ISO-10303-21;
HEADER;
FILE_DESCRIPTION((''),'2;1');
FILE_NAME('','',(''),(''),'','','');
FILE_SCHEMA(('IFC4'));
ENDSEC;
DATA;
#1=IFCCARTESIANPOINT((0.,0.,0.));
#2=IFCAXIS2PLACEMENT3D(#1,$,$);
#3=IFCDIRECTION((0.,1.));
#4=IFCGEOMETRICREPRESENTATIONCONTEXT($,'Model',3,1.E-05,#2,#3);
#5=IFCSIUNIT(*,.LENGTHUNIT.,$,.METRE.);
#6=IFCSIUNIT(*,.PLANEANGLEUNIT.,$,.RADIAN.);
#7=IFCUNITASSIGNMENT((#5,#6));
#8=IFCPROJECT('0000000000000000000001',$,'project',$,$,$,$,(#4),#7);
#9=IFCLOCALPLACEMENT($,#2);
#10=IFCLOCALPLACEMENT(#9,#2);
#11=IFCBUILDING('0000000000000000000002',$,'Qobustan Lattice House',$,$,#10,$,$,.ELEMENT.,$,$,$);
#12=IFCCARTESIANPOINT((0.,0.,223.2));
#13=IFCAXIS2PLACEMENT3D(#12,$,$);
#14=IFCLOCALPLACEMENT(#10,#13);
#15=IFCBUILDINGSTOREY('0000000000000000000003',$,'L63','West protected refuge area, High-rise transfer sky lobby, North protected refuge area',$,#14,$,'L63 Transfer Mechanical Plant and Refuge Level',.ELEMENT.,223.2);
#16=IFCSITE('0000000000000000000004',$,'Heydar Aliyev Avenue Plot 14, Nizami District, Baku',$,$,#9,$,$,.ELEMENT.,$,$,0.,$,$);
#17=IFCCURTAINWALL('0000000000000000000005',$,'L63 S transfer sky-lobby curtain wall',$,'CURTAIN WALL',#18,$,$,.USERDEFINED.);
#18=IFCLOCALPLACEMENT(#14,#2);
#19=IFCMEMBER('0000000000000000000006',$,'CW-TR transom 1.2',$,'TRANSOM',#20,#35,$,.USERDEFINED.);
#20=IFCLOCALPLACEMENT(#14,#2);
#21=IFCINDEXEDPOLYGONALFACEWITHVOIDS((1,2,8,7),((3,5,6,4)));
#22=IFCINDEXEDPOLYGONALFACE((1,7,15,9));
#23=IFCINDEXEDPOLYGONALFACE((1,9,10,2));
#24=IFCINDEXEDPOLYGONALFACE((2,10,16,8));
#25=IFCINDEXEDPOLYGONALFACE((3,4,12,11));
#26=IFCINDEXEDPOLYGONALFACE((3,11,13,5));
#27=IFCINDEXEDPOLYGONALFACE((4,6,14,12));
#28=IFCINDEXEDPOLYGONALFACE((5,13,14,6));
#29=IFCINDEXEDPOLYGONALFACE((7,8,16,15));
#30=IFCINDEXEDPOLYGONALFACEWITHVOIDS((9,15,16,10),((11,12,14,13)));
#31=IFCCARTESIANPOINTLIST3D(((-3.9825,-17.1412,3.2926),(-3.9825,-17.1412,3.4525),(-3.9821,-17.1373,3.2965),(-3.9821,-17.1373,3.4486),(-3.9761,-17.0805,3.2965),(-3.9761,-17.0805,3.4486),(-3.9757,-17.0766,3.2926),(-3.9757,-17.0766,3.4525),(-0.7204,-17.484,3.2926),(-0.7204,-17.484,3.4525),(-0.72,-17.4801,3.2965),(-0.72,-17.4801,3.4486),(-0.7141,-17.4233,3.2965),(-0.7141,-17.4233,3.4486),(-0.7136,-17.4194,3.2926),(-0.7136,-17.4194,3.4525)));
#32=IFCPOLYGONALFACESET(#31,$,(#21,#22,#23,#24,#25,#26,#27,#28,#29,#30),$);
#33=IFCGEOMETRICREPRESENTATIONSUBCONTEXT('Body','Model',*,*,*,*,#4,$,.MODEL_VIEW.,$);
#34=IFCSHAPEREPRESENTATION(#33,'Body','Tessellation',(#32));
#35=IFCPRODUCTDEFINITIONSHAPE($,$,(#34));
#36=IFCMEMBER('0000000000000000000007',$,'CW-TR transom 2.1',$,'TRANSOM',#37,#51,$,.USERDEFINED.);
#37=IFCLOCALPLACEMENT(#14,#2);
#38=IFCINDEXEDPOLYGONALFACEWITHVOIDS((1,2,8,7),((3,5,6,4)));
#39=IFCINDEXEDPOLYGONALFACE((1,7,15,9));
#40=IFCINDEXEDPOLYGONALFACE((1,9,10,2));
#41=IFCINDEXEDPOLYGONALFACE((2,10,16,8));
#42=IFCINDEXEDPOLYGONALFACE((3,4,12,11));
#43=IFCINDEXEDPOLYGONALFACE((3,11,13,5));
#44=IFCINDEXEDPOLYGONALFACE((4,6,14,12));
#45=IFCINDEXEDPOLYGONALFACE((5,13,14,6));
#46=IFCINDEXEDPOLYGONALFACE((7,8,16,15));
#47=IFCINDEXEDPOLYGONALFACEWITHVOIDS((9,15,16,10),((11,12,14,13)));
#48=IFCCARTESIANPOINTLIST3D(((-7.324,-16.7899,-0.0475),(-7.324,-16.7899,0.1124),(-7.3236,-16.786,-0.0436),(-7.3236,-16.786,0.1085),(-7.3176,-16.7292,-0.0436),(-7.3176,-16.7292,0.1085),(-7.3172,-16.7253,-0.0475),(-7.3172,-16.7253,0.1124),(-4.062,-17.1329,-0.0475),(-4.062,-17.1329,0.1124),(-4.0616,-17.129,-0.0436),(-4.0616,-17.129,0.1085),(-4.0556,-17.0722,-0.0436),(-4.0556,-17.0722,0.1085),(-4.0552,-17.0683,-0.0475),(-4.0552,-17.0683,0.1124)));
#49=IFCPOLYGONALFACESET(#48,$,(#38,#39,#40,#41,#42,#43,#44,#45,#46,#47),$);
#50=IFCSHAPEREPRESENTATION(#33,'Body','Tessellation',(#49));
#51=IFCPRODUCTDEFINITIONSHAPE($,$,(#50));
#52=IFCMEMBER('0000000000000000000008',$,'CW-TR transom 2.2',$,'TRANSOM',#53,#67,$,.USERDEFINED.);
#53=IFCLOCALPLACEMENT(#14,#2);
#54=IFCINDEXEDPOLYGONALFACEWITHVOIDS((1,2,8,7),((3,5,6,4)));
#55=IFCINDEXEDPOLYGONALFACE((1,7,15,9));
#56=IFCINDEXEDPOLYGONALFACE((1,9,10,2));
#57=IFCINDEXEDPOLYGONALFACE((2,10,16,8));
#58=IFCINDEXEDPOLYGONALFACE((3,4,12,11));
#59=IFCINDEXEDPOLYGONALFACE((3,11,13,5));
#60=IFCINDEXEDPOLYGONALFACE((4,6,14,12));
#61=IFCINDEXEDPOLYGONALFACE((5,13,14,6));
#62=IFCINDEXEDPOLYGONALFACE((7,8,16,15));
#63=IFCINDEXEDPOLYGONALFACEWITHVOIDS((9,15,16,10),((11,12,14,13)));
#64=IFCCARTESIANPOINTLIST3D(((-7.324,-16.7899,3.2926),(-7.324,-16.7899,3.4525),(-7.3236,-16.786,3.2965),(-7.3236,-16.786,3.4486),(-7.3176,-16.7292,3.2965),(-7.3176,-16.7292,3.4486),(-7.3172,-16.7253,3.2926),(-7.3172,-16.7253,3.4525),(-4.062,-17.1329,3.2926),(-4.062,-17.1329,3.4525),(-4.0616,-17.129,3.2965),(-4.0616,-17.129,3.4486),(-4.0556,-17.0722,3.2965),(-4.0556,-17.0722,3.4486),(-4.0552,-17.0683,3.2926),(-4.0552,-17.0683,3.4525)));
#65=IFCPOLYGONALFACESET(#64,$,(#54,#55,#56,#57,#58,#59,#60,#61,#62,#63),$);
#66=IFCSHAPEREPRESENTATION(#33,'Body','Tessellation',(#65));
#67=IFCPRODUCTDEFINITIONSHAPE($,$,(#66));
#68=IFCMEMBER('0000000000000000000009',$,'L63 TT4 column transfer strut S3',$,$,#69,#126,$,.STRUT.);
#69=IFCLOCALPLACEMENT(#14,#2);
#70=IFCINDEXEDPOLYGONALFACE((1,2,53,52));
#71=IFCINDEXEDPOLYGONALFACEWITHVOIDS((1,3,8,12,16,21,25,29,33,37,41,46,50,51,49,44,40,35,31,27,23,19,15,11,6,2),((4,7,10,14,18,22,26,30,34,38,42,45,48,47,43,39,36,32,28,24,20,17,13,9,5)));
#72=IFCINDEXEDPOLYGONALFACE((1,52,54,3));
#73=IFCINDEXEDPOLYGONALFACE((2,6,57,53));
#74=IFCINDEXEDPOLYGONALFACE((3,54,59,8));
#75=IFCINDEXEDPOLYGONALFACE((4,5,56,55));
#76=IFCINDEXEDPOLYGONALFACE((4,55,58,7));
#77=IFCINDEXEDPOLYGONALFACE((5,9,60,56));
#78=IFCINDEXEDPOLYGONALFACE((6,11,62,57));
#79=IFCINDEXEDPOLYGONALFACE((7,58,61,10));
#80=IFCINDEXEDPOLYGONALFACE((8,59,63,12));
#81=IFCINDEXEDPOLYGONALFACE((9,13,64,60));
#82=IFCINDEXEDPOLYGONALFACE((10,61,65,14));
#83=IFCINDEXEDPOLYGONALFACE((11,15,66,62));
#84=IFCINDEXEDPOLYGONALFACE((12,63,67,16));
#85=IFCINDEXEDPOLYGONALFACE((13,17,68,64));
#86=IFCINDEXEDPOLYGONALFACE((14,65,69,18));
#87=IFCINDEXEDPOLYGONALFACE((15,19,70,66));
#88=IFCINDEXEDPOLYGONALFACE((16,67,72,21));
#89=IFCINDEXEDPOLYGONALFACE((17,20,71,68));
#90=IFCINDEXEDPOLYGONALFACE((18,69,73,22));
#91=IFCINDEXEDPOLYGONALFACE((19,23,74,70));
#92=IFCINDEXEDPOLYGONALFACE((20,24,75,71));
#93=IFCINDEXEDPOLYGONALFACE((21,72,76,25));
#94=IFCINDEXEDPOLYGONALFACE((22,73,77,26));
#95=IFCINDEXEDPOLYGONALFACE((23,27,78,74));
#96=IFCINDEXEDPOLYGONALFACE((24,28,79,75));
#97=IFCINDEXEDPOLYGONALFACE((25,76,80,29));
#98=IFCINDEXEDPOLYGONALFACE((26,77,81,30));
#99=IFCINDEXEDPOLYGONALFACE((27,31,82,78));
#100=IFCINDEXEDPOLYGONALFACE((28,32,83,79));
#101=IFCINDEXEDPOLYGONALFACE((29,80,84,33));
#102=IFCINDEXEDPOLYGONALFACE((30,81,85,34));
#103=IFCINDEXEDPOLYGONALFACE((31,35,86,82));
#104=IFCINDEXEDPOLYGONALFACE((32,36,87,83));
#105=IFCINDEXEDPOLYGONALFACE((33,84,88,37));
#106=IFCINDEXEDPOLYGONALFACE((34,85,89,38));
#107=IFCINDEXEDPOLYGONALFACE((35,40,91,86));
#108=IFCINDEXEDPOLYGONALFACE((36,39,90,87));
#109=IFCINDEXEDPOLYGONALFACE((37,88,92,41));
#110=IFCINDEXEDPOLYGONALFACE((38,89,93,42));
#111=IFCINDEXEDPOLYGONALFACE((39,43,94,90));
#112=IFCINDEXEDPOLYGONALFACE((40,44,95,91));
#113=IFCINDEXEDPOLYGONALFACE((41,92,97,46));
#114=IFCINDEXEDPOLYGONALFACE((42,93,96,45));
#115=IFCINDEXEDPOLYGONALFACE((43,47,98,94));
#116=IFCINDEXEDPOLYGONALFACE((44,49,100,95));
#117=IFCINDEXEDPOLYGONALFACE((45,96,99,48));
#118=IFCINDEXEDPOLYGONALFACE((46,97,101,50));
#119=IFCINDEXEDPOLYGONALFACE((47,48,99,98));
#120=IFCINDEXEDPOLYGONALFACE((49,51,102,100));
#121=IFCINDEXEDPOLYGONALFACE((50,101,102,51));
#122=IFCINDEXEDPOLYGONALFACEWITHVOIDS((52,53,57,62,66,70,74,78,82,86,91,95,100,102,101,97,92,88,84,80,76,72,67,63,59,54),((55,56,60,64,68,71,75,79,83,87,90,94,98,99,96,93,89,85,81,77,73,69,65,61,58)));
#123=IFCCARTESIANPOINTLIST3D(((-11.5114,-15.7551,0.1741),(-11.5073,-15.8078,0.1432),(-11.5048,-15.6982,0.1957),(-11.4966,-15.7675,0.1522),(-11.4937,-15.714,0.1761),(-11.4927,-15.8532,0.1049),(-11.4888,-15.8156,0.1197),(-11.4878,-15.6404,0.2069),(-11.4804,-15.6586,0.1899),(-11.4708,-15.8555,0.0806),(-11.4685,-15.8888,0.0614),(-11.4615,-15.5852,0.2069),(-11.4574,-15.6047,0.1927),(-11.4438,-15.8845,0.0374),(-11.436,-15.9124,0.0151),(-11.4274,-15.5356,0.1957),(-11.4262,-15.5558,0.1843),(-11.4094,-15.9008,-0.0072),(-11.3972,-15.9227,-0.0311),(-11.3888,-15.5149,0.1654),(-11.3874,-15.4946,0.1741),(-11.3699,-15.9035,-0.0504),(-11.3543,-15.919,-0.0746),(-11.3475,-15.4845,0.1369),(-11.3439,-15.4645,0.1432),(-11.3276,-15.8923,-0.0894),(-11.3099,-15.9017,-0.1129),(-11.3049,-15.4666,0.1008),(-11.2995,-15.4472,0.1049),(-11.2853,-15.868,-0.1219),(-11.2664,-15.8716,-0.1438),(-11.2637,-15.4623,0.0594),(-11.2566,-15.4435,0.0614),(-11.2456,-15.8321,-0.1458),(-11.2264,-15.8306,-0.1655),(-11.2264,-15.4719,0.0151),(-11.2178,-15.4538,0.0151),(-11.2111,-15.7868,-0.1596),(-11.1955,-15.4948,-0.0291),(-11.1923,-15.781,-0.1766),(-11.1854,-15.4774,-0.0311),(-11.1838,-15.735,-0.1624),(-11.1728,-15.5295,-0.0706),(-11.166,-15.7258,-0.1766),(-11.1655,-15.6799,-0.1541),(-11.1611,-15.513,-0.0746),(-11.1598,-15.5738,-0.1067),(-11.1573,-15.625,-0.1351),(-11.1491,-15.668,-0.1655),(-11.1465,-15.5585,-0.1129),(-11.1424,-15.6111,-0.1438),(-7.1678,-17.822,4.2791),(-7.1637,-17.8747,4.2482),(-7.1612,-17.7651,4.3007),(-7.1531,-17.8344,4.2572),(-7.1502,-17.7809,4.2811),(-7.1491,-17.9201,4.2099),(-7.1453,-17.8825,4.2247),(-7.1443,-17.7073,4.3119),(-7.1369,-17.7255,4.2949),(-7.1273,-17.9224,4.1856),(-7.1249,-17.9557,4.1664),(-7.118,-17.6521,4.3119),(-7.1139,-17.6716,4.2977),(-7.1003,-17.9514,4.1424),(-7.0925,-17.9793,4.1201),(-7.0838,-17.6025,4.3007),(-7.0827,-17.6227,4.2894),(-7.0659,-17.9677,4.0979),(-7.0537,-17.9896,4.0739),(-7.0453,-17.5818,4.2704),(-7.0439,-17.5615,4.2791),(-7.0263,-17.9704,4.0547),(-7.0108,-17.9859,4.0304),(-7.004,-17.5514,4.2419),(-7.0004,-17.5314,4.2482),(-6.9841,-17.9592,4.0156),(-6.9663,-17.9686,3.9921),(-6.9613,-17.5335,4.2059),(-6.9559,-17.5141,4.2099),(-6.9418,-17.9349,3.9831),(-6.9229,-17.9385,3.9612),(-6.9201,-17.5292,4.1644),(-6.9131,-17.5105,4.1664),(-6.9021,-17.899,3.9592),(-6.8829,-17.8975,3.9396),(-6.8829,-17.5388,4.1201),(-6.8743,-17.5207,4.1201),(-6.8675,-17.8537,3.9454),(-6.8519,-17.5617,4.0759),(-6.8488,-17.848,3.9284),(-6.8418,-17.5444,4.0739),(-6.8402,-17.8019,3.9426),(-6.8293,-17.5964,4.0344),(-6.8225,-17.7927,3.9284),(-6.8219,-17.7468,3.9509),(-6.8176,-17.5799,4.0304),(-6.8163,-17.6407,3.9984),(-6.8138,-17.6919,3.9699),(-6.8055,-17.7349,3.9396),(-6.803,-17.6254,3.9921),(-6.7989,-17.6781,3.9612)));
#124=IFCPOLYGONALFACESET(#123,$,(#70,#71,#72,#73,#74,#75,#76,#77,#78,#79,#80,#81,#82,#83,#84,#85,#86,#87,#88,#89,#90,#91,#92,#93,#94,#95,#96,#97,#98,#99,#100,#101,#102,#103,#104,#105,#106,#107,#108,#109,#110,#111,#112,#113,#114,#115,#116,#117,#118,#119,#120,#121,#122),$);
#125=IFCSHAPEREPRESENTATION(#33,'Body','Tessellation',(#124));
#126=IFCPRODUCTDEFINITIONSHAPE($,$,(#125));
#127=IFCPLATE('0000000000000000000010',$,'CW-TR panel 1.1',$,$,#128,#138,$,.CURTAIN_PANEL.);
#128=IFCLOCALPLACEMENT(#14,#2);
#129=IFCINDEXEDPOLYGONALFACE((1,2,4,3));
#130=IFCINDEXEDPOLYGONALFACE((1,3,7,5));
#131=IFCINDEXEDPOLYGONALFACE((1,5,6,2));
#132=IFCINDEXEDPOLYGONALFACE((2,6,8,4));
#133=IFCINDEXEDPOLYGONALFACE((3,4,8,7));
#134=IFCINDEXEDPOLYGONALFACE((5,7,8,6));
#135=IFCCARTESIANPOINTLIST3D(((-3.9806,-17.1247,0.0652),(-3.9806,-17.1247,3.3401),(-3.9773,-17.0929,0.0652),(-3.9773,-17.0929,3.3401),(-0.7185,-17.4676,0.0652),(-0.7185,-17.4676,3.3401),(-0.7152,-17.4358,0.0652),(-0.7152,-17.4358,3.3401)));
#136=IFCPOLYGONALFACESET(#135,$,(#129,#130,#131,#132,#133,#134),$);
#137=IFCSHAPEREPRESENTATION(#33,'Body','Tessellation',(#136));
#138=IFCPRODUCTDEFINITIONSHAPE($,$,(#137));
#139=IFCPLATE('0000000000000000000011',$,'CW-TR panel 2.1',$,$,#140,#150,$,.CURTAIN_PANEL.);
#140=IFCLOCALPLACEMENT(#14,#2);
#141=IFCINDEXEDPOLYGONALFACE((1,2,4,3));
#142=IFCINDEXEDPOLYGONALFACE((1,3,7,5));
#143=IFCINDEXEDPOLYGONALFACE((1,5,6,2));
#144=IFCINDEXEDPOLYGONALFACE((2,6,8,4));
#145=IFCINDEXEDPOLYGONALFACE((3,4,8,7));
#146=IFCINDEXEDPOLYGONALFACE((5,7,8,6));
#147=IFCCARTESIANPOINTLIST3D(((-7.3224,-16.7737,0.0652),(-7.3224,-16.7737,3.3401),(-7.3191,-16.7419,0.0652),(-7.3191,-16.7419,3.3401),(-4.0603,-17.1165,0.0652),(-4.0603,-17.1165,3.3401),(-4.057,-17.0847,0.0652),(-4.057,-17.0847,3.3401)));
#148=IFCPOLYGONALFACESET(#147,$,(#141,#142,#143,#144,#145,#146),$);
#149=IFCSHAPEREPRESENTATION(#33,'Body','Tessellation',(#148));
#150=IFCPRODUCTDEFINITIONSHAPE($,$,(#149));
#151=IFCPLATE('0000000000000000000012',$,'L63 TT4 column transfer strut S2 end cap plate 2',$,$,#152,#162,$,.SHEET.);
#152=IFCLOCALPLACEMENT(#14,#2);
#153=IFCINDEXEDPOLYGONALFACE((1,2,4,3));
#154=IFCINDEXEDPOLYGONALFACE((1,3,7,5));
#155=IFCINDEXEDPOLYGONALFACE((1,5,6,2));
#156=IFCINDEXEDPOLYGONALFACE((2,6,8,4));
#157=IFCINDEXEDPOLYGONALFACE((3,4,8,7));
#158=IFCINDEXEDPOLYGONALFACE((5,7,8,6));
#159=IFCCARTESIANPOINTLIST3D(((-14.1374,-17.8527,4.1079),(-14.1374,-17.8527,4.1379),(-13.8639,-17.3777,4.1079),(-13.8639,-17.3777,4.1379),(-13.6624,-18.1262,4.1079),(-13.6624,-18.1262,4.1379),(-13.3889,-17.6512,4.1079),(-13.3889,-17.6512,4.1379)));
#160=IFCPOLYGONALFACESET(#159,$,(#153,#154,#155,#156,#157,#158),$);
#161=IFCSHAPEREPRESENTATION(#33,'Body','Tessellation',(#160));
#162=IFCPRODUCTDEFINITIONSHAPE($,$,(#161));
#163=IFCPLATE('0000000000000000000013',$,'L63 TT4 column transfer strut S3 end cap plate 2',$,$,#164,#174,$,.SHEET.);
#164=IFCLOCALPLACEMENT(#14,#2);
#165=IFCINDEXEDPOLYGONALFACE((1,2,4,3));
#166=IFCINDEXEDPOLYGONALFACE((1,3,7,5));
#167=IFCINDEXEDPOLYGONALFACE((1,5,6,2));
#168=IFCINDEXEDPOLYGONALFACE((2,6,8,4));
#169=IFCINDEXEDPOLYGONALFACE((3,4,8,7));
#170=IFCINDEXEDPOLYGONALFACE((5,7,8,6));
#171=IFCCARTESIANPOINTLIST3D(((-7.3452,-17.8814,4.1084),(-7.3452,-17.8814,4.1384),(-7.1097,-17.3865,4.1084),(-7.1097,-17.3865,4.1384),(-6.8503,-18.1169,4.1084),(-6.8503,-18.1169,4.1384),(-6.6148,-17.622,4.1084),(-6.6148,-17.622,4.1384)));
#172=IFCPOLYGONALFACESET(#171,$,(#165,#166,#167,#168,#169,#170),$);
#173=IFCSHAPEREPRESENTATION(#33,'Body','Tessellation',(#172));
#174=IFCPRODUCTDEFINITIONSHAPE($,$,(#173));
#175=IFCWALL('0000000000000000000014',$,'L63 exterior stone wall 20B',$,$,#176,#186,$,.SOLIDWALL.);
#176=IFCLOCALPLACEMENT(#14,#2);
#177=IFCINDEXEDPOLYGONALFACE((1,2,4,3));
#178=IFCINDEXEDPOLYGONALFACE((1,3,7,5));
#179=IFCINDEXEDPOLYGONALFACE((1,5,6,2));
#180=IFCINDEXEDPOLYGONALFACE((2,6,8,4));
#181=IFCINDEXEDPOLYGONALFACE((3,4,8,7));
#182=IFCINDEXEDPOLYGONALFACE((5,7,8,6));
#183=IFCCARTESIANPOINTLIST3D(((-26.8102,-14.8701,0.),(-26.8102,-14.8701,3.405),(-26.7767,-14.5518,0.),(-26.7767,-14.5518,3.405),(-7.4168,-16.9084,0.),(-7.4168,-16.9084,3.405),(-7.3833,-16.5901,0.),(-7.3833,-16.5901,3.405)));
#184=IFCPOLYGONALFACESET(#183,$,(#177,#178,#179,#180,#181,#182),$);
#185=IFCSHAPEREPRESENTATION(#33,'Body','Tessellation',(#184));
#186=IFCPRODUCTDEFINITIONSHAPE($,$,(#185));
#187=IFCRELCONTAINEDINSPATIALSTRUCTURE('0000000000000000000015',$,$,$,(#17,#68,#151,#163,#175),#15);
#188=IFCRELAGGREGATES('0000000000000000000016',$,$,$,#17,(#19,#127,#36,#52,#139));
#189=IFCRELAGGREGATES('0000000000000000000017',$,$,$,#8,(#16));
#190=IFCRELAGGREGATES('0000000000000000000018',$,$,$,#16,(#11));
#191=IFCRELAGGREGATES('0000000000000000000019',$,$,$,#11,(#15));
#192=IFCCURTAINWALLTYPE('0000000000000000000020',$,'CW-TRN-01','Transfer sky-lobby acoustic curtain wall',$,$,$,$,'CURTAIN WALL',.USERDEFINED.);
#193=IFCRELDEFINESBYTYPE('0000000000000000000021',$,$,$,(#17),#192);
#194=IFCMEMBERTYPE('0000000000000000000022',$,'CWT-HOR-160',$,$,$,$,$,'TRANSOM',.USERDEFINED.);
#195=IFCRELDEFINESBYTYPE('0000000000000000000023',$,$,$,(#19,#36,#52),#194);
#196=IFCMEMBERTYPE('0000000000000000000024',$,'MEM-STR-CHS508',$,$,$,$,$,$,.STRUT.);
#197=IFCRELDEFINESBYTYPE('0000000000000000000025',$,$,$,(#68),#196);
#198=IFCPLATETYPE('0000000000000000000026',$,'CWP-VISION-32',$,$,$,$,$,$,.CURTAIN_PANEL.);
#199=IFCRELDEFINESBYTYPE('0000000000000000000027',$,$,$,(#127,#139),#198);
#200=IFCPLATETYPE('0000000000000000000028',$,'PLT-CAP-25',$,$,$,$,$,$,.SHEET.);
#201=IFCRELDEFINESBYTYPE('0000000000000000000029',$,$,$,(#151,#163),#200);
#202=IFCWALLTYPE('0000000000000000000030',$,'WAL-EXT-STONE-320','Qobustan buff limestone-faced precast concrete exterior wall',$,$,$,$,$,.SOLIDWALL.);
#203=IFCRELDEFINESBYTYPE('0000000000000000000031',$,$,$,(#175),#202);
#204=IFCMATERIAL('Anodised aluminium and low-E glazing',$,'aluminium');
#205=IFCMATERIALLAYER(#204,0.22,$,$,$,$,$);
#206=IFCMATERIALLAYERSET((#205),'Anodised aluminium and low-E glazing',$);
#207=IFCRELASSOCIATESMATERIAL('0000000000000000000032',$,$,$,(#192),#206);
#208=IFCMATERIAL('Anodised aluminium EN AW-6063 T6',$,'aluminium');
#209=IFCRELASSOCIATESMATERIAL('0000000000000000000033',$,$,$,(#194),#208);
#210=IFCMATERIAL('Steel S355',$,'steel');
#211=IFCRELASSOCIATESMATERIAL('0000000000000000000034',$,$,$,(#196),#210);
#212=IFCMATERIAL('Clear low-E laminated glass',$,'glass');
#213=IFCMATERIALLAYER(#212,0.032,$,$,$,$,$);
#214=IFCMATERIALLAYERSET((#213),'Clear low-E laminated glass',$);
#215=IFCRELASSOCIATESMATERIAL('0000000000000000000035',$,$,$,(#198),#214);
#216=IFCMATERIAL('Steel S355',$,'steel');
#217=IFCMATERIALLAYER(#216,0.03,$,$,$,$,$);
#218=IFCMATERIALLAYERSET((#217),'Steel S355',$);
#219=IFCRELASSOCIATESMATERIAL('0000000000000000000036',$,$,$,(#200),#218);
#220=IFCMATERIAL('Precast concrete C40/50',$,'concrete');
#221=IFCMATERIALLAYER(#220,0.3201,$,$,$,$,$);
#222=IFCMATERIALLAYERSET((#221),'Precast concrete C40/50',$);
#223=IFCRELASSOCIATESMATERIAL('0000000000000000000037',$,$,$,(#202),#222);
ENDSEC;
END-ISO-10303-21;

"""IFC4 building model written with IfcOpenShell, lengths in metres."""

from ifc_helpers import new_model, si_unit, direction, frame, frame_2d, origin, origin_2d, place, context, subcontext, project, spatial, rectangle, hollow_rectangle, hollow_circle, extrude, material, layer, layer_set, material_profile, profile_set, type_object, element, aggregate, save


model = new_model("IFC4")

# Units and contexts
model_context = context("Model", 3, precision=1e-05, world=origin(), true_north=direction((0.0, 1.0)))
body_context = subcontext(model_context, "Body", "Model", "MODEL_VIEW")
ifc_project = project(units=[si_unit("LENGTHUNIT", "METRE"), si_unit("PLANEANGLEUNIT", "RADIAN")], contexts=[model_context])

# Site, building, storey
site_placement = place(None, origin())
site = spatial("IfcSite", under=ifc_project, at=site_placement, Name="Heydar Aliyev Avenue Plot 14, Nizami District, Baku", CompositionType="ELEMENT", RefElevation=0.0)
building_placement = place(site_placement, origin())
building = spatial("IfcBuilding", under=site, at=building_placement, Name="Qobustan Lattice House", CompositionType="ELEMENT")
storey_placement = place(building_placement, frame((0.0, 0.0, 223.2)))
storey = spatial("IfcBuildingStorey", under=building, at=storey_placement, Name="L63", Description="West protected refuge area, High-rise transfer sky lobby, North protected refuge area", LongName="L63 Transfer Mechanical Plant and Refuge Level", CompositionType="ELEMENT", Elevation=223.2)

# Curtain wall, members
ifc_material_1 = material(Name="Anodised aluminium and low-E glazing", Category="aluminium")
ifc_layer_1 = layer(ifc_material_1, 0.22)
ifc_layer_set_1 = layer_set([ifc_layer_1], Name="Anodised aluminium and low-E glazing")
curtain_wall_type = type_object("IfcCurtainWallType", Name="CW-TRN-01", Description="Transfer sky-lobby acoustic curtain wall", ElementType="CURTAIN WALL", PredefinedType="USERDEFINED", material=ifc_layer_set_1)
curtain_wall_placement = place(storey_placement, origin())
curtain_wall = element("IfcCurtainWall", 1, at=curtain_wall_placement, inside=storey, type_object=curtain_wall_type, Name="L63 S transfer sky-lobby curtain wall", ObjectType="CURTAIN WALL", PredefinedType="USERDEFINED")
ifc_material_2 = material(Name="Anodised aluminium EN AW-6063 T6", Category="aluminium")
ifc_material_profile_1 = material_profile(ifc_material_2, hollow_rectangle(XDim=0.0649, YDim=0.1599, WallThickness=0.0039, at=origin_2d()), Name="CWT-160x65")
ifc_profile_set_1 = profile_set([ifc_material_profile_1], Name="Anodised aluminium EN AW-6063 T6")
member_type_1 = type_object("IfcMemberType", Name="CWT-HOR-160", ElementType="TRANSOM", PredefinedType="USERDEFINED", material=ifc_profile_set_1)
member_1_placement = place(storey_placement, frame((-0.717, -17.4517, 3.3726), z_axis=(-0.994524, 0.104507, 0.0), x_axis=(-0.104507, -0.994524, 0.0)))
member_1 = element("IfcMember", 2, at=member_1_placement, type_object=member_type_1, Name="CW-TR transom 1.2", ObjectType="TRANSOM", PredefinedType="USERDEFINED", context=body_context, shape_type="SweptSolid", body=[
    extrude(hollow_rectangle(XDim=0.0649, YDim=0.1599, WallThickness=0.0039, at=origin_2d()), origin(), (0.0, 0.0, 1.0), 3.28),
])
member_2_placement = place(storey_placement, frame((-4.0586, -17.1006, 0.0325), z_axis=(-0.994516, 0.10458, 0.0), x_axis=(-0.10458, -0.994516, 0.0)))
member_2 = element("IfcMember", 3, at=member_2_placement, type_object=member_type_1, Name="CW-TR transom 2.1", ObjectType="TRANSOM", PredefinedType="USERDEFINED", context=body_context, shape_type="SweptSolid", body=[
    extrude(hollow_rectangle(XDim=0.0649, YDim=0.1599, WallThickness=0.0039, at=origin_2d()), origin(), (0.0, 0.0, 1.0), 3.28),
])
member_3_placement = place(storey_placement, frame((-4.0586, -17.1006, 3.3726), z_axis=(-0.994516, 0.10458, 0.0), x_axis=(-0.10458, -0.994516, 0.0)))
member_3 = element("IfcMember", 4, at=member_3_placement, type_object=member_type_1, Name="CW-TR transom 2.2", ObjectType="TRANSOM", PredefinedType="USERDEFINED", context=body_context, shape_type="SweptSolid", body=[
    extrude(hollow_rectangle(XDim=0.0649, YDim=0.1599, WallThickness=0.0039, at=origin_2d()), origin(), (0.0, 0.0, 1.0), 3.28),
])

# Member
ifc_material_3 = material(Name="Steel S355", Category="steel")
ifc_material_profile_2 = material_profile(ifc_material_3, hollow_circle(Radius=0.2539, WallThickness=0.02, at=origin_2d()), Name="CHS508x20")
ifc_profile_set_2 = profile_set([ifc_material_profile_2], Name="Steel S355")
member_type_2 = type_object("IfcMemberType", Name="MEM-STR-CHS508", PredefinedType="STRUT", material=ifc_profile_set_2)
member_4_placement = place(storey_placement, frame((-11.3269, -15.6831, 0.0151), z_axis=(0.686863, -0.32685, 0.649144), x_axis=(0.429689, 0.902977, 0.0)))
element("IfcMember", 5, at=member_4_placement, inside=storey, type_object=member_type_2, Name="L63 TT4 column transfer strut S3", PredefinedType="STRUT", context=body_context, shape_type="SweptSolid", body=[
    extrude(hollow_circle(Radius=0.2539, WallThickness=0.02, at=origin_2d()), origin(), (0.0, 0.0, 1.0), 6.3237),
])

# Plates
ifc_material_4 = material(Name="Clear low-E laminated glass", Category="glass")
ifc_layer_2 = layer(ifc_material_4, 0.032)
ifc_layer_set_2 = layer_set([ifc_layer_2], Name="Clear low-E laminated glass")
plate_type_1 = type_object("IfcPlateType", Name="CWP-VISION-32", PredefinedType="CURTAIN_PANEL", material=ifc_layer_set_2)
plate_1_placement = place(storey_placement, frame((-2.3479, -17.2803, 0.0652), z_axis=(0.0, 0.0, 1.0), x_axis=(-0.994522, 0.104529, 0.0)))
plate_1 = element("IfcPlate", 6, at=plate_1_placement, type_object=plate_type_1, Name="CW-TR panel 1.1", PredefinedType="CURTAIN_PANEL", context=body_context, shape_type="SweptSolid", body=[
    extrude(rectangle(XDim=3.28, YDim=0.032, at=origin_2d()), origin(), (0.0, 0.0, 1.0), 3.2749),
])
plate_2_placement = place(storey_placement, frame((-5.6897, -16.9292, 0.0652), z_axis=(0.0, 0.0, 1.0), x_axis=(-0.994522, 0.104529, 0.0)))
plate_2 = element("IfcPlate", 7, at=plate_2_placement, type_object=plate_type_1, Name="CW-TR panel 2.1", PredefinedType="CURTAIN_PANEL", context=body_context, shape_type="SweptSolid", body=[
    extrude(rectangle(XDim=3.28, YDim=0.032, at=origin_2d()), origin(), (0.0, 0.0, 1.0), 3.2749),
])
aggregate(curtain_wall, [member_1, plate_1, member_2, member_3, plate_2])

# Plates
ifc_material_5 = material(Name="Steel S355", Category="steel")
ifc_layer_3 = layer(ifc_material_5, 0.03)
ifc_layer_set_3 = layer_set([ifc_layer_3], Name="Steel S355")
plate_type_2 = type_object("IfcPlateType", Name="PLT-CAP-25", PredefinedType="SHEET", material=ifc_layer_set_3)
for number, where, z_axis, x_axis, name in (
    (8, (-13.7632, -17.752, 4.1079), (0.0, 0.0, 1.0), (0.866601, -0.499002, 0.0), "L63 TT4 column transfer strut S2 end cap plate 2"),
    (9, (-6.98, -17.7517, 4.1084), (0.0, 0.0, 1.0), (0.902976, -0.429692, 0.0), "L63 TT4 column transfer strut S3 end cap plate 2"),
):
    element("IfcPlate", number, at=place(storey_placement, frame(where, z_axis=z_axis, x_axis=x_axis)), inside=storey, type_object=plate_type_2, Name=name, PredefinedType="SHEET", context=body_context, shape_type="SweptSolid", body=[
        extrude(rectangle(XDim=0.5481, YDim=0.5481, at=origin_2d()), origin(), (0.0, 0.0, 1.0), 0.03),
    ])

# Wall
ifc_material_6 = material(Name="Precast concrete C40/50", Category="concrete")
ifc_layer_4 = layer(ifc_material_6, 0.3201)
ifc_layer_set_4 = layer_set([ifc_layer_4], Name="Precast concrete C40/50")
wall_type = type_object("IfcWallType", Name="WAL-EXT-STONE-320", Description="Qobustan buff limestone-faced precast concrete exterior wall", PredefinedType="SOLIDWALL", material=ifc_layer_set_4)
wall_placement = place(storey_placement, frame((-7.4001, -16.7493, 0.0), z_axis=(0.0, 0.0, 1.0), x_axis=(-0.994522, 0.104529, 0.0)))
element("IfcWall", 10, at=wall_placement, inside=storey, type_object=wall_type, Name="L63 exterior stone wall 20B", PredefinedType="SOLIDWALL", context=body_context, shape_type="SweptSolid", body=[
    extrude(rectangle(XDim=19.5002, YDim=0.3201, at=frame_2d((9.75, 0.0))), origin(), (0.0, 0.0, 1.0), 3.405),
])

save(model, "model.ifc")
